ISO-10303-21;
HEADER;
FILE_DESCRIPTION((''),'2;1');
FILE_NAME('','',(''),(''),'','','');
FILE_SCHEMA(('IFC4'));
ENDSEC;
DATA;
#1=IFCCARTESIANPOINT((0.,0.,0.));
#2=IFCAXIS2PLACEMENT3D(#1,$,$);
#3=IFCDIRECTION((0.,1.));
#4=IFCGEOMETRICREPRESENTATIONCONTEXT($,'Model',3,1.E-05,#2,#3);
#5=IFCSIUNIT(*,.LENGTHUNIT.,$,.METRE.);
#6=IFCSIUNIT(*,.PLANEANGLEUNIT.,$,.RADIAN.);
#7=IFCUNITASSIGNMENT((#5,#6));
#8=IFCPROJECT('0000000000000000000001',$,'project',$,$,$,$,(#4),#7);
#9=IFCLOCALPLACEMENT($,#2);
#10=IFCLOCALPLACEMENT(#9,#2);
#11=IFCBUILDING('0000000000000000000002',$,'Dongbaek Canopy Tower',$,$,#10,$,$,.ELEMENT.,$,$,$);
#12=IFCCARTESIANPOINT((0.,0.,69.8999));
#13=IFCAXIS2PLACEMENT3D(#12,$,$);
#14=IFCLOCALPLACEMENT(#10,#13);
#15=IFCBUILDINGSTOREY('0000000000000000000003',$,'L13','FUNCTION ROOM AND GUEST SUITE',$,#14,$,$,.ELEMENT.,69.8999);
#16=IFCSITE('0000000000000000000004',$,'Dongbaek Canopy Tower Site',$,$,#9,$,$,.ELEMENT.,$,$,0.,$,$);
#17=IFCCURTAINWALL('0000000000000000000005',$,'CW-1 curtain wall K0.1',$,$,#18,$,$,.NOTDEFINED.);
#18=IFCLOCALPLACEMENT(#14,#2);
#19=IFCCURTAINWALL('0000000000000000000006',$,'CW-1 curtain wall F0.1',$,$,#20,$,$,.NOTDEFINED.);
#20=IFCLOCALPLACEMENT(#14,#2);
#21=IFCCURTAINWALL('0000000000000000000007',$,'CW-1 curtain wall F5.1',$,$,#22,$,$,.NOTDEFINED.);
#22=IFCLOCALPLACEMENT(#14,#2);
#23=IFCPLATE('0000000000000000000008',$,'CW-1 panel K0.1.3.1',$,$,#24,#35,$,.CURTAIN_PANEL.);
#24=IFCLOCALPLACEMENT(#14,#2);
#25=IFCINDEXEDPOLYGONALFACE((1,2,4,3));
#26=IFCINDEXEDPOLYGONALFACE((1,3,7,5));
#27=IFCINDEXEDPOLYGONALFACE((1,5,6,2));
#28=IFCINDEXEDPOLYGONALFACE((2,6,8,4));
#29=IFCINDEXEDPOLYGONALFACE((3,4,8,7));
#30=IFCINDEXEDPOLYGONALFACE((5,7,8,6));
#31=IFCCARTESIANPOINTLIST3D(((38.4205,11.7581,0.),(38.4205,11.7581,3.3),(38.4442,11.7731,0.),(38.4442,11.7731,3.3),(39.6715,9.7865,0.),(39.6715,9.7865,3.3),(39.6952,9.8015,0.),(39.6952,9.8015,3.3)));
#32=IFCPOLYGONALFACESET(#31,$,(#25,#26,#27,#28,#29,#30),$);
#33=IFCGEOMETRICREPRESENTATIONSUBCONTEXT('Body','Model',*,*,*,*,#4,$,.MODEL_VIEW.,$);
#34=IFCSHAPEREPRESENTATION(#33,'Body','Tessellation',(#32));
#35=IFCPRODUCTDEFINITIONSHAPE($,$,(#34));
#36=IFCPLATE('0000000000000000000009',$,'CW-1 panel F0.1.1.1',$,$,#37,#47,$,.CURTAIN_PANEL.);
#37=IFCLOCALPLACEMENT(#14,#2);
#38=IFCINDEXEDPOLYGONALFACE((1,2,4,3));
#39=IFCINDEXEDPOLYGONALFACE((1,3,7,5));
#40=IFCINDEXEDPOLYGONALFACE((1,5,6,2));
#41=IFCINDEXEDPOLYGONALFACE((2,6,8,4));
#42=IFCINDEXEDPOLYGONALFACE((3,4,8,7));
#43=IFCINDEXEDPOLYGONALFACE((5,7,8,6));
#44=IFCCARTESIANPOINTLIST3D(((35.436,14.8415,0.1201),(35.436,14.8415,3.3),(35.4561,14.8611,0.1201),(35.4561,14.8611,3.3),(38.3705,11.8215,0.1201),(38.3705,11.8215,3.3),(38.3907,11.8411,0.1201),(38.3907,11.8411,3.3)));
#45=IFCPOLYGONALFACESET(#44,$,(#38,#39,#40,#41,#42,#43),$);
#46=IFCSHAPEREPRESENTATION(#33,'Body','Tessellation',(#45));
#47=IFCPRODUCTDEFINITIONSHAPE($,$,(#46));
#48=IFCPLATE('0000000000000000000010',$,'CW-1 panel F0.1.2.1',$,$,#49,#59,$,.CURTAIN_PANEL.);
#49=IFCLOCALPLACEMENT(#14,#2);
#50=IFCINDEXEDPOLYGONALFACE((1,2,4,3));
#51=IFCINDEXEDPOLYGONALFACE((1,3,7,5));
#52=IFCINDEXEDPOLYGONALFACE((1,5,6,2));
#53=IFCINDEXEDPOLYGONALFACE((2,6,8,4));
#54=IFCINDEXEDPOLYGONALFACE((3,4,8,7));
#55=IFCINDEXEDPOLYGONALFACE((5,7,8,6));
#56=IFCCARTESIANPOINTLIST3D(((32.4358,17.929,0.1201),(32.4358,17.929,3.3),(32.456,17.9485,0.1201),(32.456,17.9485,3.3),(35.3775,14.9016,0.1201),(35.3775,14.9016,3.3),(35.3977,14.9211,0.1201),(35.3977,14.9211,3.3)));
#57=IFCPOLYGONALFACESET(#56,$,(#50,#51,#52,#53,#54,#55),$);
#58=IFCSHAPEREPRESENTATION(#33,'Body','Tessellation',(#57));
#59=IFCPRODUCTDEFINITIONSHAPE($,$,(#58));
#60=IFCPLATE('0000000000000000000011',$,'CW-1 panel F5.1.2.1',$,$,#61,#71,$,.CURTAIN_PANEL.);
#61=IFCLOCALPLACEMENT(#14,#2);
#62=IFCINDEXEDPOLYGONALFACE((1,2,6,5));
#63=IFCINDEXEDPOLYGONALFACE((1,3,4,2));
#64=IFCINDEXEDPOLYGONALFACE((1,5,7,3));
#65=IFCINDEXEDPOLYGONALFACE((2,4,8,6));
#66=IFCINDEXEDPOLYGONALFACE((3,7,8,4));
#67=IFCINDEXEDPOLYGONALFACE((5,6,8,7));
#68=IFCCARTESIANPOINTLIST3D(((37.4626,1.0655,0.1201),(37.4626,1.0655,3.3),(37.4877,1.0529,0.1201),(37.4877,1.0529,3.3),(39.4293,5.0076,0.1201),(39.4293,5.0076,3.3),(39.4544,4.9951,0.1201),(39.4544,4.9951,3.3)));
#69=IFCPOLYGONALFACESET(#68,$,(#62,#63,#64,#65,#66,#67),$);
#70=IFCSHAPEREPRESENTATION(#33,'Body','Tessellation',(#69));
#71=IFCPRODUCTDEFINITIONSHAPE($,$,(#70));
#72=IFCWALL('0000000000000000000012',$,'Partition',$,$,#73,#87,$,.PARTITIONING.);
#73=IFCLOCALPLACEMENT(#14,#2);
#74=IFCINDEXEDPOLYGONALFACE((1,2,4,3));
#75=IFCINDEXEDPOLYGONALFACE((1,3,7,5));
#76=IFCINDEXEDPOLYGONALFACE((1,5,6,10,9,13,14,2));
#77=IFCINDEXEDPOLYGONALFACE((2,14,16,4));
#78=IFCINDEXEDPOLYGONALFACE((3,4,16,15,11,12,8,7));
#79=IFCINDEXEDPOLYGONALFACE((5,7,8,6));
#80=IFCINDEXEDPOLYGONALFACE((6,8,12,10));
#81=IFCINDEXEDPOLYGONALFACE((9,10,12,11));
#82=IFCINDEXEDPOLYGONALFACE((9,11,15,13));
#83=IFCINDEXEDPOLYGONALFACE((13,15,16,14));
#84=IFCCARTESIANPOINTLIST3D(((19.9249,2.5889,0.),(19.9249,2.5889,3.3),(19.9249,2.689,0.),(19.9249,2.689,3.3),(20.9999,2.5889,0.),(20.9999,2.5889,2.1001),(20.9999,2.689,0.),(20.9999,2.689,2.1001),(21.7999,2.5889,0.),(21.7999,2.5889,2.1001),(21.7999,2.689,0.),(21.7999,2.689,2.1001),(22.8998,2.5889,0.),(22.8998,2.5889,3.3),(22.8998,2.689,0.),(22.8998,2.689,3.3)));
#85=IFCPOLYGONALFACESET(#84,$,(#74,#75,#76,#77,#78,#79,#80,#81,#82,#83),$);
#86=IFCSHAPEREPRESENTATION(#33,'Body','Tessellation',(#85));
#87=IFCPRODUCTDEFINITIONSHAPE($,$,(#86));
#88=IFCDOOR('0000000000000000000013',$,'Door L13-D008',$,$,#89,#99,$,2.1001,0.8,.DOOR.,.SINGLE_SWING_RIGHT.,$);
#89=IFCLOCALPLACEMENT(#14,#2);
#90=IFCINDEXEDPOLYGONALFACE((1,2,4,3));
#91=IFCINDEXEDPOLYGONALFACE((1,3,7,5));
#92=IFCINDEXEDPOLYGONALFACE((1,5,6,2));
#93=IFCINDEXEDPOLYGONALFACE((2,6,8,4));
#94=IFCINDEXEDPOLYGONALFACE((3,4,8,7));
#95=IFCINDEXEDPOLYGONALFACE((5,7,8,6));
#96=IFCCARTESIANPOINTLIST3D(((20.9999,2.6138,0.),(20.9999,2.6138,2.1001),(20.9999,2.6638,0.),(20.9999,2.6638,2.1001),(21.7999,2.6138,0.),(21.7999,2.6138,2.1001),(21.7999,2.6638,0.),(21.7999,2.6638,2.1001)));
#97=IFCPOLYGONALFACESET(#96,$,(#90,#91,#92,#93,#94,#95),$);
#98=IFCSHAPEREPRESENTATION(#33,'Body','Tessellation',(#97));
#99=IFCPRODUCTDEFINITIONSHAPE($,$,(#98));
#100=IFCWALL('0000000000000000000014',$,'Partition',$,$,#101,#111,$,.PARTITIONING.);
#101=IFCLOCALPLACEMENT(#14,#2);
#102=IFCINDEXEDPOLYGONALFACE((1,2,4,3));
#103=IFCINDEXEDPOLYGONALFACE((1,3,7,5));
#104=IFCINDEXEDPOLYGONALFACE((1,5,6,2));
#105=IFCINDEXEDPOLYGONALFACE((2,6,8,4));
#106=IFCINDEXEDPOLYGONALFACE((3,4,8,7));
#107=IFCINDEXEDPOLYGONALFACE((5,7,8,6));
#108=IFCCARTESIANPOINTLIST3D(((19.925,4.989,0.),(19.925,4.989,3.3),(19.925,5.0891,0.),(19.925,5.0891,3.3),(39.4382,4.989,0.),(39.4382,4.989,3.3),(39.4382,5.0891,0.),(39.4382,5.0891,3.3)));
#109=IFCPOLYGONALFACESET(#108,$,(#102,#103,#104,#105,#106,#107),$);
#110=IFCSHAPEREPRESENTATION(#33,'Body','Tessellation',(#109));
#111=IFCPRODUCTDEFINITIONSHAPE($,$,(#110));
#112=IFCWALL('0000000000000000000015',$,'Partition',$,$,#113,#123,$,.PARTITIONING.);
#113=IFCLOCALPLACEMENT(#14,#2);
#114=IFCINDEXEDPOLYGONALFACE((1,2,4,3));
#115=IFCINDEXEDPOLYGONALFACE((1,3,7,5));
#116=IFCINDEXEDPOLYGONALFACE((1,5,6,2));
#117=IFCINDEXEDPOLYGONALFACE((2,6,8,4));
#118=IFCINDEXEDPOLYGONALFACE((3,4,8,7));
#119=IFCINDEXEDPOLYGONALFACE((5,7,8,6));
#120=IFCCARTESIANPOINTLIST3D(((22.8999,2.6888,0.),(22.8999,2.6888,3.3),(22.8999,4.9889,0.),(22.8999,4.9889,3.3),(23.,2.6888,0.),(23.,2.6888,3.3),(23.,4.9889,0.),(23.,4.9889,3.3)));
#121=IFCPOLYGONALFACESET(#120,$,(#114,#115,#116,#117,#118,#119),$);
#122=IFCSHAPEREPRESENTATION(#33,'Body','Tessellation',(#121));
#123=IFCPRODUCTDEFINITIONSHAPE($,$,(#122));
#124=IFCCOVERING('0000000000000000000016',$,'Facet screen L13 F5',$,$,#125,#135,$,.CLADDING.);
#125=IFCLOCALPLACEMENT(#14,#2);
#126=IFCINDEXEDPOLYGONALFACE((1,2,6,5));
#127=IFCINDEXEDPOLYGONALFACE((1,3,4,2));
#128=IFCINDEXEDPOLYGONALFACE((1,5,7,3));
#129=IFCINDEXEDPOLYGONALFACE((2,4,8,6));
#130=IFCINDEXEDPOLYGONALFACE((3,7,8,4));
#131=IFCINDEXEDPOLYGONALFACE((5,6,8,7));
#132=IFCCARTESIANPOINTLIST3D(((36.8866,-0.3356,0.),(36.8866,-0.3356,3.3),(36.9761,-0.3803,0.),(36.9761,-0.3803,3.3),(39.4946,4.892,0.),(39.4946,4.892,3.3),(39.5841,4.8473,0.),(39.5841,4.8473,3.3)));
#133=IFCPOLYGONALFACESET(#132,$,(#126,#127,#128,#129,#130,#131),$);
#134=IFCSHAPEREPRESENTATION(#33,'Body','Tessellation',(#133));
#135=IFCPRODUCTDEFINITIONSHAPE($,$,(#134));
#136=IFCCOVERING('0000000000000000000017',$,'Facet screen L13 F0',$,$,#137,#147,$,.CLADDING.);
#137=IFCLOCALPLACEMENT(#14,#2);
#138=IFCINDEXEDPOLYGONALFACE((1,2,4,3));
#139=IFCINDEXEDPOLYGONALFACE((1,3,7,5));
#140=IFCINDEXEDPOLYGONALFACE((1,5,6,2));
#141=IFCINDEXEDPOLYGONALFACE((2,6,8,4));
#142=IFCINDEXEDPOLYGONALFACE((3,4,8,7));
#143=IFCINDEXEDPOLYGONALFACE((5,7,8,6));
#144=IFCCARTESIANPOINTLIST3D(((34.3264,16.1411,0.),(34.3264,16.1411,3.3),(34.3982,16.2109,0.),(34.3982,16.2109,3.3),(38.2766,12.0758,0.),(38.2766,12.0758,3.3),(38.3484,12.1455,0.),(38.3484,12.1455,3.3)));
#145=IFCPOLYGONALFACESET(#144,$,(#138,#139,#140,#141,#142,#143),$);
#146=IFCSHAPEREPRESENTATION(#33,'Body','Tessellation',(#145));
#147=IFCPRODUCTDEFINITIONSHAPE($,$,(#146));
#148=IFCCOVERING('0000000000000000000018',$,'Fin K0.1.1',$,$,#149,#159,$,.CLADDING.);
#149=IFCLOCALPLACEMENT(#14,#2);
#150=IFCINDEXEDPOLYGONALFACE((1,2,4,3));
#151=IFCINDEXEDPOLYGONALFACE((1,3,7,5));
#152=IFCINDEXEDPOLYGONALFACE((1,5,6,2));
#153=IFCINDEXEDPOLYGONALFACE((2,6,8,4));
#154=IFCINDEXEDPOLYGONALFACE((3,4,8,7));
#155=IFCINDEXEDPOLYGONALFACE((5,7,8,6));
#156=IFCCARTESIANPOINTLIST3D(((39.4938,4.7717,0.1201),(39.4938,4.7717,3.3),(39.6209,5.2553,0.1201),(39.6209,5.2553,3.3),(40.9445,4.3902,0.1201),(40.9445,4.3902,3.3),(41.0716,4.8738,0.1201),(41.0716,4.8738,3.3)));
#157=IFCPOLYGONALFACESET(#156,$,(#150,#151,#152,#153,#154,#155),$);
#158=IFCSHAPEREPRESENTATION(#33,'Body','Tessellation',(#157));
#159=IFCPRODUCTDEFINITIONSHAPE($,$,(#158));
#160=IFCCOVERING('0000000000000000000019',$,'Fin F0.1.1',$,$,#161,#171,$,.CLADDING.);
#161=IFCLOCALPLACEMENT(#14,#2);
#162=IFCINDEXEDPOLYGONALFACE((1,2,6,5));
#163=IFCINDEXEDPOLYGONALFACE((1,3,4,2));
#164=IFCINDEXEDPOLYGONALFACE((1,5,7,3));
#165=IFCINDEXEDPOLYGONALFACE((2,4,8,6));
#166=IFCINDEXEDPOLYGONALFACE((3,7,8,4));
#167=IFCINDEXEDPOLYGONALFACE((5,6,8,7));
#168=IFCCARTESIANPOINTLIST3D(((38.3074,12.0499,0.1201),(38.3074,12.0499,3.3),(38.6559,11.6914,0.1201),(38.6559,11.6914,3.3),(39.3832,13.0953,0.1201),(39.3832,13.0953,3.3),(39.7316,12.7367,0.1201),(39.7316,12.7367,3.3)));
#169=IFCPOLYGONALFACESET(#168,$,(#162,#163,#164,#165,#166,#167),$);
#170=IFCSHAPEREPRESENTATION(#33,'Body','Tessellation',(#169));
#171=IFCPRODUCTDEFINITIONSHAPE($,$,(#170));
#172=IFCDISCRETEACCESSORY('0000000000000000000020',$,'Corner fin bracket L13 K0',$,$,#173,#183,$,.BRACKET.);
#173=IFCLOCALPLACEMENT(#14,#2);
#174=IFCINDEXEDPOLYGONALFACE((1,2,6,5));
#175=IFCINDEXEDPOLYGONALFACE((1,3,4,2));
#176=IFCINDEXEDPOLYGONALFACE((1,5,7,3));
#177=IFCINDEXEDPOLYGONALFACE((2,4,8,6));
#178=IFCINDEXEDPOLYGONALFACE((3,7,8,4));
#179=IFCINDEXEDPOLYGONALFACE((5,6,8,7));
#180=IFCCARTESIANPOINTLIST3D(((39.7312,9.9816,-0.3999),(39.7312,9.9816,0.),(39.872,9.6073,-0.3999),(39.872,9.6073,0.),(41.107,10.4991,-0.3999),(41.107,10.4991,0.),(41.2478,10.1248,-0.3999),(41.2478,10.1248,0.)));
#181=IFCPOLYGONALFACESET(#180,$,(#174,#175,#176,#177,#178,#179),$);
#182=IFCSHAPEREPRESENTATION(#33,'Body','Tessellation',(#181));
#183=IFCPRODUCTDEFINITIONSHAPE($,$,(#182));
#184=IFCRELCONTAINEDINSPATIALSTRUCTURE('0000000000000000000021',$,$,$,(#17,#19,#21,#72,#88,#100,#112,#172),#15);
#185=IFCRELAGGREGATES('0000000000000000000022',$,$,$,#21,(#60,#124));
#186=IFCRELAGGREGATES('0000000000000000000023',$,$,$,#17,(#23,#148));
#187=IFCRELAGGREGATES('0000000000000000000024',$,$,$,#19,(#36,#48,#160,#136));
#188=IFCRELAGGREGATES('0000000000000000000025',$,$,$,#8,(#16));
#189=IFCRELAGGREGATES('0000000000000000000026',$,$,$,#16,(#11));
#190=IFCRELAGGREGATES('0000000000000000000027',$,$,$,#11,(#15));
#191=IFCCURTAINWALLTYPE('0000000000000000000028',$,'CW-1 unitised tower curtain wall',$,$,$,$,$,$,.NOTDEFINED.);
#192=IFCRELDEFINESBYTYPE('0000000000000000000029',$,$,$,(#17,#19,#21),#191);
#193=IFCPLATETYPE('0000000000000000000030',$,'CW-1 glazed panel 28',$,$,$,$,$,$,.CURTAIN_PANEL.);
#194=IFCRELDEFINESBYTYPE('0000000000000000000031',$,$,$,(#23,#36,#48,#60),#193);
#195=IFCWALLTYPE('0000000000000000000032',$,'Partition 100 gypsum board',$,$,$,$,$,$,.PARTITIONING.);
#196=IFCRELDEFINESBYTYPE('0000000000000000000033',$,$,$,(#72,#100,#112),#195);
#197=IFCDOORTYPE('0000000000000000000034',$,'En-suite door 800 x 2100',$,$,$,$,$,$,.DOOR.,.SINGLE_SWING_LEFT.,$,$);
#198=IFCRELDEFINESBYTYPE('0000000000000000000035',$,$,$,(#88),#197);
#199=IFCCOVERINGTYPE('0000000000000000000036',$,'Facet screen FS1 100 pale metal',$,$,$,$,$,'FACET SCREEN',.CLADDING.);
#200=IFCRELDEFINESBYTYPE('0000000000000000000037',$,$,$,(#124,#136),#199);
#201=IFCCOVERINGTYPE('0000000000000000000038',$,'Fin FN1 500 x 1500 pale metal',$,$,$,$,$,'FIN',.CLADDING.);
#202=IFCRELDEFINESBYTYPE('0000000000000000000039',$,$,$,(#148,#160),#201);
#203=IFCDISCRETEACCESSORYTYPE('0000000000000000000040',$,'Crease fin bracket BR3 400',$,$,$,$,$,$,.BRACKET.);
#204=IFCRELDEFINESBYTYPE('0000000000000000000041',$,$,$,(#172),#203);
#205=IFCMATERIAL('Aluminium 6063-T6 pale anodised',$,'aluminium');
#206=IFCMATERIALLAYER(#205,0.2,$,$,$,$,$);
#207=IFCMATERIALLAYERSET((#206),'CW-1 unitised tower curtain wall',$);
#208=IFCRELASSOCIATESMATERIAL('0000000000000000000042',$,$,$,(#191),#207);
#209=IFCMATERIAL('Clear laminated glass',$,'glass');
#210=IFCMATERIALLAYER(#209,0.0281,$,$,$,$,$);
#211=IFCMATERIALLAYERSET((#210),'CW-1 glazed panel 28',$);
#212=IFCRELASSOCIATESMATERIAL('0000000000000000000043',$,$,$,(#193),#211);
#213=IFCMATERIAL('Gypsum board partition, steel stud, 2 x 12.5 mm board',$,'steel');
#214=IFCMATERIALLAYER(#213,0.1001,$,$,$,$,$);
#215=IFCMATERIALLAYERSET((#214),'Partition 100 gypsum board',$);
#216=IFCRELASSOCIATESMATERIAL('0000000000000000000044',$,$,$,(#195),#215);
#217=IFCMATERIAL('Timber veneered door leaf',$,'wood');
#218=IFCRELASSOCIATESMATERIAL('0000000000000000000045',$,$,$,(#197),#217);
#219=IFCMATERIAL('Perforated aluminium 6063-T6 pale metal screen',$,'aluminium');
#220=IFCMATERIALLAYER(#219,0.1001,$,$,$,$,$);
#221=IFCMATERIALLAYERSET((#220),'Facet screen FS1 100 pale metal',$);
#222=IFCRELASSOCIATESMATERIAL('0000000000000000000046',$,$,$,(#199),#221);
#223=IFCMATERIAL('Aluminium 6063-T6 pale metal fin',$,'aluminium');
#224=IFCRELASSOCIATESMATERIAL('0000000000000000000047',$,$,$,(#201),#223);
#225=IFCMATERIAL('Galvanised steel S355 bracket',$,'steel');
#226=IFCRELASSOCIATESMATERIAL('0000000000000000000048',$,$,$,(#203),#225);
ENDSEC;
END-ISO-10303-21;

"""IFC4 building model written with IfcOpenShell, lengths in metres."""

from ifc_helpers import new_model, si_unit, direction, frame, frame_2d, origin, origin_2d, place, context, subcontext, project, spatial, rectangle, extrude, material, layer, layer_set, material_profile, profile_set, type_object, element, fill, aggregate, save


model = new_model("IFC4")

# Units and contexts
model_context = context("Model", 3, precision=1e-05, world=origin(), true_north=direction((0.0, 1.0)))
body_context = subcontext(model_context, "Body", "Model", "MODEL_VIEW")
ifc_project = project(units=[si_unit("LENGTHUNIT", "METRE"), si_unit("PLANEANGLEUNIT", "RADIAN")], contexts=[model_context])

# Site, building, storey
site_placement = place(None, origin())
site = spatial("IfcSite", under=ifc_project, at=site_placement, Name="Dongbaek Canopy Tower Site", CompositionType="ELEMENT", RefElevation=0.0)
building_placement = place(site_placement, origin())
building = spatial("IfcBuilding", under=site, at=building_placement, Name="Dongbaek Canopy Tower", CompositionType="ELEMENT")
storey_placement = place(building_placement, frame((0.0, 0.0, 69.8999)))
storey = spatial("IfcBuildingStorey", under=building, at=storey_placement, Name="L13", Description="FUNCTION ROOM AND GUEST SUITE", CompositionType="ELEMENT", Elevation=69.8999)

# Curtain wall
ifc_material_1 = material(Name="Aluminium 6063-T6 pale anodised", Category="aluminium")
ifc_layer_1 = layer(ifc_material_1, 0.2)
ifc_layer_set_1 = layer_set([ifc_layer_1], Name="CW-1 unitised tower curtain wall")
curtain_wall_type = type_object("IfcCurtainWallType", Name="CW-1 unitised tower curtain wall", PredefinedType="NOTDEFINED", material=ifc_layer_set_1)
curtain_wall_1_placement = place(storey_placement, origin())
curtain_wall_1 = element("IfcCurtainWall", 1, at=curtain_wall_1_placement, inside=storey, type_object=curtain_wall_type, Name="CW-1 curtain wall K0.1", PredefinedType="NOTDEFINED")

# Curtain walls
curtain_wall_2_placement = place(storey_placement, origin())
curtain_wall_2 = element("IfcCurtainWall", 2, at=curtain_wall_2_placement, inside=storey, type_object=curtain_wall_type, Name="CW-1 curtain wall F0.1", PredefinedType="NOTDEFINED")
curtain_wall_3_placement = place(storey_placement, origin())
curtain_wall_3 = element("IfcCurtainWall", 3, at=curtain_wall_3_placement, inside=storey, type_object=curtain_wall_type, Name="CW-1 curtain wall F5.1", PredefinedType="NOTDEFINED")

# Plates
ifc_material_2 = material(Name="Clear laminated glass", Category="glass")
ifc_layer_2 = layer(ifc_material_2, 0.0281)
ifc_layer_set_2 = layer_set([ifc_layer_2], Name="CW-1 glazed panel 28")
plate_type = type_object("IfcPlateType", Name="CW-1 glazed panel 28", PredefinedType="CURTAIN_PANEL", material=ifc_layer_set_2)
plate_1_placement = place(storey_placement, frame((39.0579, 10.7798, 0.0), z_axis=(0.0, 0.0, 1.0), x_axis=(-0.535759, 0.844371, 0.0)))
plate_1 = element("IfcPlate", 4, at=plate_1_placement, type_object=plate_type, Name="CW-1 panel K0.1.3.1", PredefinedType="CURTAIN_PANEL", context=body_context, shape_type="SweptSolid", body=[
    extrude(rectangle(XDim=2.335, YDim=0.0281, at=origin_2d()), origin(), (0.0, 0.0, 1.0), 3.3),
])
plate_2_placement = place(storey_placement, frame((36.9133, 13.3413, 0.1201), z_axis=(0.0, 0.0, 1.0), x_axis=(-0.696882, 0.717186, 0.0)))
plate_2 = element("IfcPlate", 5, at=plate_2_placement, type_object=plate_type, Name="CW-1 panel F0.1.1.1", PredefinedType="CURTAIN_PANEL", context=body_context, shape_type="SweptSolid", body=[
    extrude(rectangle(XDim=4.2109, YDim=0.0281, at=origin_2d()), origin(), (0.0, 0.0, 1.0), 3.1799),
])
plate_3_placement = place(storey_placement, frame((33.9167, 16.425, 0.1201), z_axis=(0.0, 0.0, 1.0), x_axis=(-0.696882, 0.717186, 0.0)))
plate_3 = element("IfcPlate", 6, at=plate_3_placement, type_object=plate_type, Name="CW-1 panel F0.1.2.1", PredefinedType="CURTAIN_PANEL", context=body_context, shape_type="SweptSolid", body=[
    extrude(rectangle(XDim=4.2212, YDim=0.0281, at=origin_2d()), origin(), (0.0, 0.0, 1.0), 3.1799),
])
plate_4_placement = place(storey_placement, frame((38.4585, 3.0303, 0.1201), z_axis=(0.0, 0.0, 1.0), x_axis=(0.44642, 0.894823, 0.0)))
plate_4 = element("IfcPlate", 7, at=plate_4_placement, type_object=plate_type, Name="CW-1 panel F5.1.2.1", PredefinedType="CURTAIN_PANEL", context=body_context, shape_type="SweptSolid", body=[
    extrude(rectangle(XDim=4.4055, YDim=0.0281, at=origin_2d()), origin(), (0.0, 0.0, 1.0), 3.1799),
])

# Wall, opening, door
ifc_material_3 = material(Name="Gypsum board partition, steel stud, 2 x 12.5 mm board", Category="steel")
ifc_layer_3 = layer(ifc_material_3, 0.1001)
ifc_layer_set_3 = layer_set([ifc_layer_3], Name="Partition 100 gypsum board")
wall_type = type_object("IfcWallType", Name="Partition 100 gypsum board", PredefinedType="PARTITIONING", material=ifc_layer_set_3)
wall_1_placement = place(storey_placement, frame((19.925, 2.6389, 0.0), z_axis=(0.0, 0.0, 1.0), x_axis=(1.0, 0.0, 0.0)))
wall_1 = element("IfcWall", 8, at=wall_1_placement, inside=storey, type_object=wall_type, Name="Partition", PredefinedType="PARTITIONING", context=body_context, shape_type="SweptSolid", body=[
    extrude(rectangle(XDim=2.9749, YDim=0.1001, at=frame_2d((1.4873, 0.0))), origin(), (0.0, 0.0, 1.0), 3.3),
])
opening_placement = place(wall_1_placement, frame((1.075, 0.0, 0.0)))
opening = element("IfcOpeningElement", 9, at=opening_placement, cuts=wall_1, PredefinedType="OPENING", context=body_context, shape_type="SweptSolid", body=[
    extrude(rectangle(XDim=0.8, YDim=2.1001, at=frame_2d((0.3999, 1.05))), frame((0.0, 0.0601, 0.0), z_axis=(0.0, -1.0, 0.0), x_axis=(1.0, 0.0, 0.0)), (0.0, 0.0, 1.0), 0.1201),
])
ifc_material_4 = material(Name="Timber veneered door leaf", Category="wood")
door_type = type_object("IfcDoorType", Name="En-suite door 800 x 2100", OperationType="SINGLE_SWING_LEFT", PredefinedType="DOOR", material=ifc_material_4)
door_placement = place(opening_placement, origin())
door = element("IfcDoor", 10, at=door_placement, inside=storey, type_object=door_type, Name="Door L13-D008", OperationType="SINGLE_SWING_RIGHT", OverallHeight=2.1001, OverallWidth=0.8, PredefinedType="DOOR", context=body_context, shape_type="SweptSolid", body=[
    extrude(rectangle(XDim=0.8, YDim=2.1001, at=frame_2d((0.3999, 1.05))), frame((0.0, 0.0249, 0.0), z_axis=(0.0, -1.0, 0.0), x_axis=(1.0, 0.0, 0.0)), (0.0, 0.0, 1.0), 0.05),
])
fill(opening, door)

# Walls
wall_2_placement = place(storey_placement, frame((19.925, 5.0391, 0.0), z_axis=(0.0, 0.0, 1.0), x_axis=(1.0, 0.0, 0.0)))
element("IfcWall", 11, at=wall_2_placement, inside=storey, type_object=wall_type, Name="Partition", PredefinedType="PARTITIONING", context=body_context, shape_type="SweptSolid", body=[
    extrude(rectangle(XDim=19.5132, YDim=0.1001, at=frame_2d((9.7566, 0.0))), origin(), (0.0, 0.0, 1.0), 3.3),
])
wall_3_placement = place(storey_placement, frame((22.95, 2.689, 0.0), z_axis=(0.0, 0.0, 1.0), x_axis=(0.0, 1.0, 0.0)))
element("IfcWall", 12, at=wall_3_placement, inside=storey, type_object=wall_type, Name="Partition", PredefinedType="PARTITIONING", context=body_context, shape_type="SweptSolid", body=[
    extrude(rectangle(XDim=2.3, YDim=0.1001, at=frame_2d((1.1499, 0.0))), origin(), (0.0, 0.0, 1.0), 3.3),
])

# Coverings
ifc_material_5 = material(Name="Perforated aluminium 6063-T6 pale metal screen", Category="aluminium")
ifc_layer_4 = layer(ifc_material_5, 0.1001)
ifc_layer_set_4 = layer_set([ifc_layer_4], Name="Facet screen FS1 100 pale metal")
covering_type_1 = type_object("IfcCoveringType", Name="Facet screen FS1 100 pale metal", ElementType="FACET SCREEN", PredefinedType="CLADDING", material=ifc_layer_set_4)
covering_1_placement = place(storey_placement, frame((38.2354, 2.2559, 0.0), z_axis=(0.0, 0.0, 1.0), x_axis=(0.446421, 0.894823, 0.0)))
covering_1 = element("IfcCovering", 13, at=covering_1_placement, type_object=covering_type_1, Name="Facet screen L13 F5", PredefinedType="CLADDING", context=body_context, shape_type="SweptSolid", body=[
    extrude(rectangle(XDim=5.842, YDim=0.1001, at=origin_2d()), origin(), (0.0, 0.0, 1.0), 3.3),
])
aggregate(curtain_wall_3, [plate_4, covering_1])
covering_2_placement = place(storey_placement, frame((36.3374, 14.1433, 0.0), z_axis=(0.0, 0.0, 1.0), x_axis=(-0.696881, 0.717187, 0.0)))
covering_2 = element("IfcCovering", 14, at=covering_2_placement, type_object=covering_type_1, Name="Facet screen L13 F0", PredefinedType="CLADDING", context=body_context, shape_type="SweptSolid", body=[
    extrude(rectangle(XDim=5.6685, YDim=0.1001, at=origin_2d()), origin(), (0.0, 0.0, 1.0), 3.3),
])
ifc_material_6 = material(Name="Aluminium 6063-T6 pale metal fin", Category="aluminium")
ifc_material_profile_1 = material_profile(ifc_material_6, rectangle(XDim=1.5, YDim=0.5, at=origin_2d()), Name="Fin FN1 500 x 1500 pale metal")
ifc_profile_set_1 = profile_set([ifc_material_profile_1], Name="Aluminium 6063-T6 pale metal fin")
covering_type_2 = type_object("IfcCoveringType", Name="Fin FN1 500 x 1500 pale metal", ElementType="FIN", PredefinedType="CLADDING", material=ifc_profile_set_1)
covering_3_placement = place(storey_placement, frame((40.2827, 4.8228, 0.1201), z_axis=(0.0, 0.0, 1.0), x_axis=(0.967124, -0.254304, 0.0)))
covering_3 = element("IfcCovering", 15, at=covering_3_placement, type_object=covering_type_2, Name="Fin K0.1.1", PredefinedType="CLADDING", context=body_context, shape_type="SweptSolid", body=[
    extrude(rectangle(XDim=1.5, YDim=0.5, at=origin_2d()), origin(), (0.0, 0.0, 1.0), 3.1799),
])
aggregate(curtain_wall_1, [plate_1, covering_3])
covering_4_placement = place(storey_placement, frame((39.0195, 12.3933, 0.1201), z_axis=(0.0, 0.0, 1.0), x_axis=(0.717186, 0.696882, 0.0)))
covering_4 = element("IfcCovering", 16, at=covering_4_placement, type_object=covering_type_2, Name="Fin F0.1.1", PredefinedType="CLADDING", context=body_context, shape_type="SweptSolid", body=[
    extrude(rectangle(XDim=1.5, YDim=0.5, at=origin_2d()), origin(), (0.0, 0.0, 1.0), 3.1799),
])
aggregate(curtain_wall_2, [plate_2, plate_3, covering_4, covering_2])

# Discrete accessory
ifc_material_7 = material(Name="Galvanised steel S355 bracket", Category="steel")
discrete_accessory_type = type_object("IfcDiscreteAccessoryType", Name="Crease fin bracket BR3 400", PredefinedType="BRACKET", material=ifc_material_7)
discrete_accessory_placement = place(storey_placement, frame((40.4895, 10.0532, -0.3999), z_axis=(0.0, 0.0, 1.0), x_axis=(0.935977, 0.352062, 0.0)))
element("IfcDiscreteAccessory", 17, at=discrete_accessory_placement, inside=storey, type_object=discrete_accessory_type, Name="Corner fin bracket L13 K0", PredefinedType="BRACKET", context=body_context, shape_type="SweptSolid", body=[
    extrude(rectangle(XDim=1.47, YDim=0.3999, at=origin_2d()), origin(), (0.0, 0.0, 1.0), 0.3999),
])

save(model, "model.ifc")
